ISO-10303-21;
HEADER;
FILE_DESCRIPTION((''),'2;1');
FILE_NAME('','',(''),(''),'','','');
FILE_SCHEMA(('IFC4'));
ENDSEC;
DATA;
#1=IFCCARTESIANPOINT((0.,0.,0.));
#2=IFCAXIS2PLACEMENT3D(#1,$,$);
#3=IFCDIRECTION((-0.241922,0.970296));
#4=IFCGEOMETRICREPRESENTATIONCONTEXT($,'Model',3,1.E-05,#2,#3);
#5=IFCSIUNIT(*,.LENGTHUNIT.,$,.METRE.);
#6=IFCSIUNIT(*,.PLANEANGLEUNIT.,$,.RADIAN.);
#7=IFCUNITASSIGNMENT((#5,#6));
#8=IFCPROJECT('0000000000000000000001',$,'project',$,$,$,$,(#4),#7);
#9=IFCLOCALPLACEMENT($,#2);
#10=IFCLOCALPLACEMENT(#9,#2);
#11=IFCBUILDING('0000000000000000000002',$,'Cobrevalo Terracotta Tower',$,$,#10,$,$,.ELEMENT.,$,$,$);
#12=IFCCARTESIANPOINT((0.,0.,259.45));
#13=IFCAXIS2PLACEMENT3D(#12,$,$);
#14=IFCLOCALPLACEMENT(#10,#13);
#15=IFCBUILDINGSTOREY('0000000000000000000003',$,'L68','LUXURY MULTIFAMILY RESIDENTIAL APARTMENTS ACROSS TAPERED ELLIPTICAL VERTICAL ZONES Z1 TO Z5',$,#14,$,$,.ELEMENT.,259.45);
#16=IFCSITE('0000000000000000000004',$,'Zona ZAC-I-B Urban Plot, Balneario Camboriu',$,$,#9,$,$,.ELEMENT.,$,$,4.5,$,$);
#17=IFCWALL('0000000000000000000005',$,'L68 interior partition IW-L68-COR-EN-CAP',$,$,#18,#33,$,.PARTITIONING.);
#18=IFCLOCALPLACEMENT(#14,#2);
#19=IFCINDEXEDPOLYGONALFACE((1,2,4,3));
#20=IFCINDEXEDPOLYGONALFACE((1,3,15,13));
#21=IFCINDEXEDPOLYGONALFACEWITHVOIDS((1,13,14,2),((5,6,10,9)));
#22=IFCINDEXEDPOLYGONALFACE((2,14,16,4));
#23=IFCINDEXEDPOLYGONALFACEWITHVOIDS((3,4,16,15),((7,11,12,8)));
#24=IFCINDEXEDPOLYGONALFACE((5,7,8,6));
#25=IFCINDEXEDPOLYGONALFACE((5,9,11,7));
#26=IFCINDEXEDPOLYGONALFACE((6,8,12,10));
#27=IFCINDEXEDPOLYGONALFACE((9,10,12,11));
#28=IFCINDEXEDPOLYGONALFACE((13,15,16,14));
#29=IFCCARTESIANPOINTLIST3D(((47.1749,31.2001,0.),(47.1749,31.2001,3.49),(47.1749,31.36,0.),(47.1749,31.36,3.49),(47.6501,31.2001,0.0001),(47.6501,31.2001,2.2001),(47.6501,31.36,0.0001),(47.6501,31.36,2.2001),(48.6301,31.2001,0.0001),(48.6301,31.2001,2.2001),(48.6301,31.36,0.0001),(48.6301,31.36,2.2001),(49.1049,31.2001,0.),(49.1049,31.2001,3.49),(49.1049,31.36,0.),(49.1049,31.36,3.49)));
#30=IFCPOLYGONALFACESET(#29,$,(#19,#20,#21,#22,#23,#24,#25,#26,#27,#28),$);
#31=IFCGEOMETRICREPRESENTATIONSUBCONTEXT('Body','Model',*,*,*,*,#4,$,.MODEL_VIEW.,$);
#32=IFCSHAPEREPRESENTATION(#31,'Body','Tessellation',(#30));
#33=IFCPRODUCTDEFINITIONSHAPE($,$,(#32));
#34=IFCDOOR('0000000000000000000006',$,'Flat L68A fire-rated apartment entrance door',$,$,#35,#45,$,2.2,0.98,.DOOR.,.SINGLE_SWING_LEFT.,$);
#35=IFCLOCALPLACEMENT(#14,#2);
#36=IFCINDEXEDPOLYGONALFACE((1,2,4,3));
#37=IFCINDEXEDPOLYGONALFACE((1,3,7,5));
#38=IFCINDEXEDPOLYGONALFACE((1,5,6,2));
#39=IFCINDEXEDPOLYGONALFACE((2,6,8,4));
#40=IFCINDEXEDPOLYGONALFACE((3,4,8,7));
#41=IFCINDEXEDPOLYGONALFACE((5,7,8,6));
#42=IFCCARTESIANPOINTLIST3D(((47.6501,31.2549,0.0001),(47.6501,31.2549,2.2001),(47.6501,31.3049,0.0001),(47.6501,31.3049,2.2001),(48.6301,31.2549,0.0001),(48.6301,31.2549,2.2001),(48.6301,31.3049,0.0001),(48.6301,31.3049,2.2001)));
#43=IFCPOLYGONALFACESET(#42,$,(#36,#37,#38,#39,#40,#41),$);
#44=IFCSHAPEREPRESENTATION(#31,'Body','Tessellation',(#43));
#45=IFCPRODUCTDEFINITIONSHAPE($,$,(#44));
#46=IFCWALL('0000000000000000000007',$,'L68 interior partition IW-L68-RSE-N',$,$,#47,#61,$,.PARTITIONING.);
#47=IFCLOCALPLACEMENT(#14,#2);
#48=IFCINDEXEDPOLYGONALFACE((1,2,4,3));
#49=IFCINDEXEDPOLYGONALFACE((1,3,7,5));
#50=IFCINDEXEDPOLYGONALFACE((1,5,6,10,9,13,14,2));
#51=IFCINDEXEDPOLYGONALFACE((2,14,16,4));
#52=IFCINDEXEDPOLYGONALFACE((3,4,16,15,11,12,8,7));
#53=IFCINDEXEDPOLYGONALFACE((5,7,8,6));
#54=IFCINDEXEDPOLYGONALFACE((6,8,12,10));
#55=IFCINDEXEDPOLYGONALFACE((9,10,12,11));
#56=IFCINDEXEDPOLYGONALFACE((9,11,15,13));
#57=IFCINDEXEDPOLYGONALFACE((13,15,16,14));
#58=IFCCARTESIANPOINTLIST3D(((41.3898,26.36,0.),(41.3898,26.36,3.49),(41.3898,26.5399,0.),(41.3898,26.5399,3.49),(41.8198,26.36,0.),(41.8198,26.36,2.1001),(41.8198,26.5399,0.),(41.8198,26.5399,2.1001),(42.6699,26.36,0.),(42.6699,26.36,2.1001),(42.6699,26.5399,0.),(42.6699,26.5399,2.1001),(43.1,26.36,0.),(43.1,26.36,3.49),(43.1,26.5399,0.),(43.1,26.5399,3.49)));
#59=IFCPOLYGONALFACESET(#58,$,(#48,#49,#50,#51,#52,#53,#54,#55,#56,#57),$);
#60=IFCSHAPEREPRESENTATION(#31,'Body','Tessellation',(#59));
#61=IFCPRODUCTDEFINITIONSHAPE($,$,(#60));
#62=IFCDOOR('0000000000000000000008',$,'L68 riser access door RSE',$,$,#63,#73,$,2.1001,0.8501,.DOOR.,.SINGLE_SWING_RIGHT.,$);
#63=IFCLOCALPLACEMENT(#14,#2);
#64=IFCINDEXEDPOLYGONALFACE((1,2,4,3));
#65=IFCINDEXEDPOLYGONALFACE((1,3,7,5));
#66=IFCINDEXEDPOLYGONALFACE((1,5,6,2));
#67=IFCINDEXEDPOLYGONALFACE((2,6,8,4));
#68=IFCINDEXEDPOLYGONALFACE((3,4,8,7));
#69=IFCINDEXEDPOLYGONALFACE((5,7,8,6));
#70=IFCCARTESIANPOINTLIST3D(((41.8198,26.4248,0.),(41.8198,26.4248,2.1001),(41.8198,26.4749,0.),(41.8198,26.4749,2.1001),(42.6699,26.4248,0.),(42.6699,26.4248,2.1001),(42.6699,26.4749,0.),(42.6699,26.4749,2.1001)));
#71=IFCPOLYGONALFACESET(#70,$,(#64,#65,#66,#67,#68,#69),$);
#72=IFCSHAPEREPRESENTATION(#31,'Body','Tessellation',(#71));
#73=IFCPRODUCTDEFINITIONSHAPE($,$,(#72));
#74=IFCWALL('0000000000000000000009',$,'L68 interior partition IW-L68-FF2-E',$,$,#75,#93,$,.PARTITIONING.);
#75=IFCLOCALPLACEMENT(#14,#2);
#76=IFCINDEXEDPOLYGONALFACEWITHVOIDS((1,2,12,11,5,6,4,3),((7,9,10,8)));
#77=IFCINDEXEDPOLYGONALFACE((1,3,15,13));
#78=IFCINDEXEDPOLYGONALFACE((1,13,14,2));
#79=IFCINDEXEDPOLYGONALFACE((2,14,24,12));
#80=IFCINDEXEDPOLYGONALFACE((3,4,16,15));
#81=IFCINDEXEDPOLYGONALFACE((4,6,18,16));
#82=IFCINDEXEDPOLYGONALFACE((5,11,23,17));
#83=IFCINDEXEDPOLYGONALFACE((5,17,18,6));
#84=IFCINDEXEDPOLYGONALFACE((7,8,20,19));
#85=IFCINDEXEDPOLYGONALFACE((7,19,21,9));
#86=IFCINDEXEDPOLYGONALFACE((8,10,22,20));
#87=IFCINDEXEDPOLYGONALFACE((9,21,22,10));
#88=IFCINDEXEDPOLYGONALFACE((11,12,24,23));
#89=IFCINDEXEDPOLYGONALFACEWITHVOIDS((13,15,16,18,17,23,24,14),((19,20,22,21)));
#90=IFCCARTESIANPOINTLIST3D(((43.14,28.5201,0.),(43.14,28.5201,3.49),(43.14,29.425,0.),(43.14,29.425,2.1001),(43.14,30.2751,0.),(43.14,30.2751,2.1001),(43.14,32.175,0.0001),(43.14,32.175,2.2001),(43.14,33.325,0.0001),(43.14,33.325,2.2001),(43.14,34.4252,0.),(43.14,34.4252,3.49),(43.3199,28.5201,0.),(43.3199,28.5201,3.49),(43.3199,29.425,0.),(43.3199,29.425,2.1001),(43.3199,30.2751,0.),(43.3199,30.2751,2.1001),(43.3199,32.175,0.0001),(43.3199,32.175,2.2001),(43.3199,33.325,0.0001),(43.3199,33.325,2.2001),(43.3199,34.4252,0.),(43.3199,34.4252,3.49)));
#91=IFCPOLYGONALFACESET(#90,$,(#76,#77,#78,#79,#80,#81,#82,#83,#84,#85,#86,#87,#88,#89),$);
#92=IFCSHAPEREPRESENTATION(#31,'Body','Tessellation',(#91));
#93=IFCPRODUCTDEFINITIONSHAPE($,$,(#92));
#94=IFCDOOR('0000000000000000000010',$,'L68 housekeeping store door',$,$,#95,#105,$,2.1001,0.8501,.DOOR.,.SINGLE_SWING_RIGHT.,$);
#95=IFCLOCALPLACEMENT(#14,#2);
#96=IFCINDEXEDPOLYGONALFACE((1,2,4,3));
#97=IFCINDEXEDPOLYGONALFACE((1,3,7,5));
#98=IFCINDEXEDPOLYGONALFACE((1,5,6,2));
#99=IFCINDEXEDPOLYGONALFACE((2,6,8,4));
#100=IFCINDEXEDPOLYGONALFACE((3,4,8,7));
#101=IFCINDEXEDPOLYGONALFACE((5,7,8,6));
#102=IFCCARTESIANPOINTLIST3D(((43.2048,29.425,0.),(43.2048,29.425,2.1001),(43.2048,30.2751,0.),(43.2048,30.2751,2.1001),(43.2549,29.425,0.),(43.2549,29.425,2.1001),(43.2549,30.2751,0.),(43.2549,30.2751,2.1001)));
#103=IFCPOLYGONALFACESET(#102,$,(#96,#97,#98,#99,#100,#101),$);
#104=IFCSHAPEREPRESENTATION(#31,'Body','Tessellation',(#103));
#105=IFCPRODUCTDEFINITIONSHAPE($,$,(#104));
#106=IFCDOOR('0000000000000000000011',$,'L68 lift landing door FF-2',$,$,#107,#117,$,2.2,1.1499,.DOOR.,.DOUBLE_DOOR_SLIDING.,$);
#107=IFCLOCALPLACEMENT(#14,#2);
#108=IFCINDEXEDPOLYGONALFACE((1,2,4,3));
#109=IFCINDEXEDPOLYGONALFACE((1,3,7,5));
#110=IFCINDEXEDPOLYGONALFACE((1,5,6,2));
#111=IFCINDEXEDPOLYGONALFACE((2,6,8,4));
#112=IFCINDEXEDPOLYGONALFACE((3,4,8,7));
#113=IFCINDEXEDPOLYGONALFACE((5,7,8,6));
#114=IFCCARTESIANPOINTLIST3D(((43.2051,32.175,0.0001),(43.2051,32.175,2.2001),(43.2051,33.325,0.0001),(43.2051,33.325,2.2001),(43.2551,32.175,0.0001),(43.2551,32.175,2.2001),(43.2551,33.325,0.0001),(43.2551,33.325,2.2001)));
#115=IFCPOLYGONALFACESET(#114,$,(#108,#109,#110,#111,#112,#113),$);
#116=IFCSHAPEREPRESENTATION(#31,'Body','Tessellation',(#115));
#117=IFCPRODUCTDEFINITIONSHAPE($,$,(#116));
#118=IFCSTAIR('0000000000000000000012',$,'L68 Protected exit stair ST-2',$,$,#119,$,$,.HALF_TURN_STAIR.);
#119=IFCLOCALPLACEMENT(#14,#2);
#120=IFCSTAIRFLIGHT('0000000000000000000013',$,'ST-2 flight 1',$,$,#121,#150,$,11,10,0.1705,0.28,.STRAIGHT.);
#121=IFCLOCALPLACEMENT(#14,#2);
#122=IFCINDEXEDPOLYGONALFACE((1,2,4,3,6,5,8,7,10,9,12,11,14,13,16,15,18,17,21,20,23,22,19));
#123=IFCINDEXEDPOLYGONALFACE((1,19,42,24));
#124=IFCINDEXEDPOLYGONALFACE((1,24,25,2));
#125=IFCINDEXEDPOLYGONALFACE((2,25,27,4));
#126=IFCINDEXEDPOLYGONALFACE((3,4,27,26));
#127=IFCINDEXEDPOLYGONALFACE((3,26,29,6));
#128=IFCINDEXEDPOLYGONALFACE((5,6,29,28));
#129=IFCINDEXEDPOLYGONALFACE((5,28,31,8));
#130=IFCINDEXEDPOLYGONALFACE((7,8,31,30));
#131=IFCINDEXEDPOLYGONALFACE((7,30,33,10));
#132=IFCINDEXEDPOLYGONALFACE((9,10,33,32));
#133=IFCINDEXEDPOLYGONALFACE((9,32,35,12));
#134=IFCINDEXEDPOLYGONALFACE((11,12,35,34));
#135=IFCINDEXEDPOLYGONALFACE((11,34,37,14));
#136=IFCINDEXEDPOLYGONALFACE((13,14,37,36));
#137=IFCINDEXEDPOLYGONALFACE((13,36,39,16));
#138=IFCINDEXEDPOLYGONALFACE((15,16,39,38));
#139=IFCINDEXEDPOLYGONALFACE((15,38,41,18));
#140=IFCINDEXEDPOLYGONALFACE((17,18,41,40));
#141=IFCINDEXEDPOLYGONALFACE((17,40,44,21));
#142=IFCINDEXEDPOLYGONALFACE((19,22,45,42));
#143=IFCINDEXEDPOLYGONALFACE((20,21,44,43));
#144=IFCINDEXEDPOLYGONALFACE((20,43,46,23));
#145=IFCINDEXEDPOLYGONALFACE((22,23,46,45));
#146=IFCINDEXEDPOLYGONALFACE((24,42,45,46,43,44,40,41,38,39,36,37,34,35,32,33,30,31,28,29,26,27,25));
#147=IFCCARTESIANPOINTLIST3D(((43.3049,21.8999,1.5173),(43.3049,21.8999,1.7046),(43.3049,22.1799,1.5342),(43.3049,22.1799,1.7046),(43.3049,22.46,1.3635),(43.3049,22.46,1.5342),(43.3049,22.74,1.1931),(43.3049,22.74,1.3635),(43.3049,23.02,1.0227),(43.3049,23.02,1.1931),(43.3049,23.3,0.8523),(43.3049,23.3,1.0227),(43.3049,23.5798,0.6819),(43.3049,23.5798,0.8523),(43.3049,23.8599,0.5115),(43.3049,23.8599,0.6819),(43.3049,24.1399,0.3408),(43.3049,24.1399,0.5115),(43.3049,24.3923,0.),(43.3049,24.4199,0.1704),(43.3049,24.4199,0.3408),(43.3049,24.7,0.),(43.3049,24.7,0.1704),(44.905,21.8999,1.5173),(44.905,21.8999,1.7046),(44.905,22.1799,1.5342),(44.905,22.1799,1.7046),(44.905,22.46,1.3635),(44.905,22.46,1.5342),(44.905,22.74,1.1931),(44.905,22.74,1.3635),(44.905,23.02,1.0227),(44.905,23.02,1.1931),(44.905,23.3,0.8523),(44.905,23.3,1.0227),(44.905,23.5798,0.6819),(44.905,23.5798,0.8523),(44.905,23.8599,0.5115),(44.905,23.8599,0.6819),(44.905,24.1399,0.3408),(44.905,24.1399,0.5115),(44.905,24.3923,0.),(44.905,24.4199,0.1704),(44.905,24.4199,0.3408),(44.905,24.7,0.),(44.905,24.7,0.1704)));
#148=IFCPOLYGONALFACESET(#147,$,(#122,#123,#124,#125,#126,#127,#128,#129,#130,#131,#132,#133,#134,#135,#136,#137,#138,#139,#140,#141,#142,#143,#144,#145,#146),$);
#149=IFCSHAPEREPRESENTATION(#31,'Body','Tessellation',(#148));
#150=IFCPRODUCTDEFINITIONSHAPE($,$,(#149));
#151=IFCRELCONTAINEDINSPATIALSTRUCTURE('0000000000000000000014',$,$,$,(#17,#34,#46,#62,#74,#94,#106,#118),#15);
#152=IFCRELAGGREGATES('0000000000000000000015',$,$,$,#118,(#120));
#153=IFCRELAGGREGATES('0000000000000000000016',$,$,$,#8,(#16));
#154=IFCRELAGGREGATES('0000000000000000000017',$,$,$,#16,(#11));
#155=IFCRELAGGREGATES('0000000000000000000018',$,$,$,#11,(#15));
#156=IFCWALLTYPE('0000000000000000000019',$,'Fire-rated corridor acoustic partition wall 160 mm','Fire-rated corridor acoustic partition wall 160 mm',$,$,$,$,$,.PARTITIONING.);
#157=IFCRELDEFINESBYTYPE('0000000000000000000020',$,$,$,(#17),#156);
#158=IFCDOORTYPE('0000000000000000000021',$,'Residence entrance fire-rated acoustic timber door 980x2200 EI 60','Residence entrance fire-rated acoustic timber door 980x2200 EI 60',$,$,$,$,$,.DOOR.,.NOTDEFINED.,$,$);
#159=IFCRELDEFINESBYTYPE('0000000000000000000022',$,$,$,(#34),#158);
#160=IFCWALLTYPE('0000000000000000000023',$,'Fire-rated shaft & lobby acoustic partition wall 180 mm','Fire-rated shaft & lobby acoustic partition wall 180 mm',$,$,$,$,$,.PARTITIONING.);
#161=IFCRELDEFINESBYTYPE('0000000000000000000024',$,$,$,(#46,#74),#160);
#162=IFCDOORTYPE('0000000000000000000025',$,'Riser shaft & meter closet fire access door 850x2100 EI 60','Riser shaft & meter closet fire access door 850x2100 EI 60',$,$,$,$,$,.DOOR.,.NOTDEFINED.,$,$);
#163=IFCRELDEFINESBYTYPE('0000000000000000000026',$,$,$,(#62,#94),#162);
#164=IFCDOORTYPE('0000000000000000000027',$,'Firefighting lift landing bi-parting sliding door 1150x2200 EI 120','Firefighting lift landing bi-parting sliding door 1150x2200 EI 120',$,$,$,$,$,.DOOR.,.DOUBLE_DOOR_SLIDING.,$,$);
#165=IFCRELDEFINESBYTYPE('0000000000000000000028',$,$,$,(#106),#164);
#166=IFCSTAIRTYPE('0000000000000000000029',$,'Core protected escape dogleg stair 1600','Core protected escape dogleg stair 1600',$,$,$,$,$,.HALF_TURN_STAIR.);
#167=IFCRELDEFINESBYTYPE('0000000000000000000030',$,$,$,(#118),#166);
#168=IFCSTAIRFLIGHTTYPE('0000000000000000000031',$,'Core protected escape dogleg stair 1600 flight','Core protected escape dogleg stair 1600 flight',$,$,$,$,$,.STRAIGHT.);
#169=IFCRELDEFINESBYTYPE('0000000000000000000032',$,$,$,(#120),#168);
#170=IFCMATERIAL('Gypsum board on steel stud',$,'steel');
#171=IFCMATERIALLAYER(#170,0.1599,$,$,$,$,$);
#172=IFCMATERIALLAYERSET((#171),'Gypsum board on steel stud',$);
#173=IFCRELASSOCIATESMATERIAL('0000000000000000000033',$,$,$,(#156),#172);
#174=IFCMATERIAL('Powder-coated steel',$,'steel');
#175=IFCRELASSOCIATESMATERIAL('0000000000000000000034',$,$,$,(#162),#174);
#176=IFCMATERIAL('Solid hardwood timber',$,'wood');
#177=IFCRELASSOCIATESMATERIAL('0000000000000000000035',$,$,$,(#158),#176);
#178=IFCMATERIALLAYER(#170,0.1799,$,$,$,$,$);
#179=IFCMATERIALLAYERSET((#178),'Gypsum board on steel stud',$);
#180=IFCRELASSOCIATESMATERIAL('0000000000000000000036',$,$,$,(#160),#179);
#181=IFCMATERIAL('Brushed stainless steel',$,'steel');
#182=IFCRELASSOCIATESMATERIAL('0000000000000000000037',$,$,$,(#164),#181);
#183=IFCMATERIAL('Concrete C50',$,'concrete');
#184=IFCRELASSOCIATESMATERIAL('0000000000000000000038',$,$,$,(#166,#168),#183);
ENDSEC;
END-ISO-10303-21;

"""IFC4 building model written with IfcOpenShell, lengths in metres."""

from ifc_helpers import new_model, si_unit, direction, frame, frame_2d, origin, place, context, subcontext, project, spatial, polyline, rectangle, outline, extrude, source, transform, mapped, material, layer, layer_set, type_object, element, fill, aggregate, save


model = new_model("IFC4")

# Units and contexts
model_context = context("Model", 3, precision=1e-05, world=origin(), true_north=direction((-0.241922, 0.970296)))
body_context = subcontext(model_context, "Body", "Model", "MODEL_VIEW")
ifc_project = project(units=[si_unit("LENGTHUNIT", "METRE"), si_unit("PLANEANGLEUNIT", "RADIAN")], contexts=[model_context])

# Site, building, storey
site_placement = place(None, origin())
site = spatial("IfcSite", under=ifc_project, at=site_placement, Name="Zona ZAC-I-B Urban Plot, Balneario Camboriu", CompositionType="ELEMENT", RefElevation=4.5)
building_placement = place(site_placement, origin())
building = spatial("IfcBuilding", under=site, at=building_placement, Name="Cobrevalo Terracotta Tower", CompositionType="ELEMENT")
storey_placement = place(building_placement, frame((0.0, 0.0, 259.45)))
storey = spatial("IfcBuildingStorey", under=building, at=storey_placement, Name="L68", Description="LUXURY MULTIFAMILY RESIDENTIAL APARTMENTS ACROSS TAPERED ELLIPTICAL VERTICAL ZONES Z1 TO Z5", CompositionType="ELEMENT", Elevation=259.45)

# Shared definitions
ifc_material_1 = material(Name="Concrete C50", Category="concrete")

# Shared definitions
ifc_material_2 = material(Name="Gypsum board on steel stud", Category="steel")
ifc_layer_1 = layer(ifc_material_2, 0.1599)
ifc_layer_set_1 = layer_set([ifc_layer_1], Name="Gypsum board on steel stud")
wall_type_1 = type_object("IfcWallType", Name="Fire-rated corridor acoustic partition wall 160 mm", Description="Fire-rated corridor acoustic partition wall 160 mm", PredefinedType="PARTITIONING", material=ifc_layer_set_1)

# Shared definitions
ifc_material_3 = material(Name="Powder-coated steel", Category="steel")
door_type_1 = type_object("IfcDoorType", Name="Riser shaft & meter closet fire access door 850x2100 EI 60", Description="Riser shaft & meter closet fire access door 850x2100 EI 60", OperationType="NOTDEFINED", PredefinedType="DOOR", material=ifc_material_3)
shared_shape_1 = source(origin(), body_context, "Body", "SweptSolid", [
    extrude(rectangle(XDim=0.8501, YDim=2.1001, at=frame_2d((0.425, 1.05))), frame((0.0, 0.0249, 0.0), z_axis=(0.0, -1.0, 0.0), x_axis=(1.0, 0.0, 0.0)), (0.0, 0.0, 1.0), 0.05),
])

# Shared definitions
ifc_material_4 = material(Name="Brushed stainless steel", Category="steel")

# Walls, openings, doors
wall_1_placement = place(storey_placement, frame((47.175, 31.28, 0.0), z_axis=(0.0, 0.0, 1.0), x_axis=(1.0, 0.0, 0.0)))
wall_1 = element("IfcWall", 1, at=wall_1_placement, inside=storey, type_object=wall_type_1, Name="L68 interior partition IW-L68-COR-EN-CAP", PredefinedType="PARTITIONING", context=body_context, shape_type="SweptSolid", body=[
    extrude(rectangle(XDim=1.9299, YDim=0.1599, at=frame_2d((0.9648, 0.0))), origin(), (0.0, 0.0, 1.0), 3.49),
])
opening_1_placement = place(wall_1_placement, frame((0.4751, 0.0, 0.0)))
opening_1 = element("IfcOpeningElement", 2, at=opening_1_placement, cuts=wall_1, PredefinedType="OPENING", context=body_context, shape_type="SweptSolid", body=[
    extrude(rectangle(XDim=0.98, YDim=2.2, at=frame_2d((0.49, 1.1001))), frame((0.0, 0.0898, 0.0), z_axis=(0.0, -1.0, 0.0), x_axis=(1.0, 0.0, 0.0)), (0.0, 0.0, 1.0), 0.1799),
])
ifc_material_5 = material(Name="Solid hardwood timber", Category="wood")
door_type_2 = type_object("IfcDoorType", Name="Residence entrance fire-rated acoustic timber door 980x2200 EI 60", Description="Residence entrance fire-rated acoustic timber door 980x2200 EI 60", OperationType="NOTDEFINED", PredefinedType="DOOR", material=ifc_material_5)
shared_shape_2 = source(origin(), body_context, "Body", "SweptSolid", [
    extrude(rectangle(XDim=0.98, YDim=2.2, at=frame_2d((0.49, 1.1001))), frame((0.0, 0.0249, 0.0), z_axis=(0.0, -1.0, 0.0), x_axis=(1.0, 0.0, 0.0)), (0.0, 0.0, 1.0), 0.05),
])
door_1_placement = place(opening_1_placement, origin())
door_1 = element("IfcDoor", 3, at=door_1_placement, inside=storey, type_object=door_type_2, Name="Flat L68A fire-rated apartment entrance door", OperationType="SINGLE_SWING_LEFT", OverallHeight=2.2, OverallWidth=0.98, PredefinedType="DOOR", context=body_context, shape_type="MappedRepresentation", body=[
    mapped(shared_shape_2, transform((0.0, 0.0, 0.0), scale=1.0)),
])
fill(opening_1, door_1)
ifc_layer_2 = layer(ifc_material_2, 0.1799)
ifc_layer_set_2 = layer_set([ifc_layer_2], Name="Gypsum board on steel stud")
wall_type_2 = type_object("IfcWallType", Name="Fire-rated shaft & lobby acoustic partition wall 180 mm", Description="Fire-rated shaft & lobby acoustic partition wall 180 mm", PredefinedType="PARTITIONING", material=ifc_layer_set_2)
wall_2_placement = place(storey_placement, frame((41.3899, 26.45, 0.0), z_axis=(0.0, 0.0, 1.0), x_axis=(1.0, 0.0, 0.0)))
wall_2 = element("IfcWall", 4, at=wall_2_placement, inside=storey, type_object=wall_type_2, Name="L68 interior partition IW-L68-RSE-N", PredefinedType="PARTITIONING", context=body_context, shape_type="SweptSolid", body=[
    extrude(rectangle(XDim=1.7102, YDim=0.1799, at=frame_2d((0.855, 0.0))), origin(), (0.0, 0.0, 1.0), 3.49),
])
opening_2_placement = place(wall_2_placement, frame((0.4299, 0.0, 0.0)))
opening_2 = element("IfcOpeningElement", 5, at=opening_2_placement, cuts=wall_2, PredefinedType="OPENING", context=body_context, shape_type="SweptSolid", body=[
    extrude(rectangle(XDim=0.8501, YDim=2.1001, at=frame_2d((0.425, 1.05))), frame((0.0, 0.1001, 0.0), z_axis=(0.0, -1.0, 0.0), x_axis=(1.0, 0.0, 0.0)), (0.0, 0.0, 1.0), 0.2),
])
door_2_placement = place(opening_2_placement, origin())
door_2 = element("IfcDoor", 6, at=door_2_placement, inside=storey, type_object=door_type_1, Name="L68 riser access door RSE", OperationType="SINGLE_SWING_RIGHT", OverallHeight=2.1001, OverallWidth=0.8501, PredefinedType="DOOR", context=body_context, shape_type="MappedRepresentation", body=[
    mapped(shared_shape_1, transform((0.0, 0.0, 0.0), scale=1.0)),
])
fill(opening_2, door_2)

# Wall, openings, doors
wall_3_placement = place(storey_placement, frame((43.23, 28.52, 0.0), z_axis=(0.0, 0.0, 1.0), x_axis=(0.0, 1.0, 0.0)))
wall_3 = element("IfcWall", 7, at=wall_3_placement, inside=storey, type_object=wall_type_2, Name="L68 interior partition IW-L68-FF2-E", PredefinedType="PARTITIONING", context=body_context, shape_type="SweptSolid", body=[
    extrude(rectangle(XDim=5.905, YDim=0.1799, at=frame_2d((2.9526, 0.0))), origin(), (0.0, 0.0, 1.0), 3.49),
])
opening_3_placement = place(wall_3_placement, frame((0.905, 0.0, 0.0)))
opening_3 = element("IfcOpeningElement", 8, at=opening_3_placement, cuts=wall_3, PredefinedType="OPENING", context=body_context, shape_type="SweptSolid", body=[
    extrude(rectangle(XDim=0.8501, YDim=2.1001, at=frame_2d((0.425, 1.05))), frame((0.0, 0.1001, 0.0), z_axis=(0.0, -1.0, 0.0), x_axis=(1.0, 0.0, 0.0)), (0.0, 0.0, 1.0), 0.2),
])
opening_4_placement = place(wall_3_placement, frame((3.655, 0.0, 0.0)))
opening_4 = element("IfcOpeningElement", 9, at=opening_4_placement, cuts=wall_3, PredefinedType="OPENING", context=body_context, shape_type="SweptSolid", body=[
    extrude(rectangle(XDim=1.1499, YDim=2.2, at=frame_2d((0.575, 1.1001))), frame((0.0, 0.1001, 0.0), z_axis=(0.0, -1.0, 0.0), x_axis=(1.0, 0.0, 0.0)), (0.0, 0.0, 1.0), 0.2),
])
door_3_placement = place(opening_3_placement, frame((0.8501, 0.0, 0.0), z_axis=(0.0, 0.0, 1.0), x_axis=(-1.0, 0.0, 0.0)))
door_3 = element("IfcDoor", 10, at=door_3_placement, inside=storey, type_object=door_type_1, Name="L68 housekeeping store door", OperationType="SINGLE_SWING_RIGHT", OverallHeight=2.1001, OverallWidth=0.8501, PredefinedType="DOOR", context=body_context, shape_type="MappedRepresentation", body=[
    mapped(shared_shape_1, transform((0.0, 0.0, 0.0), scale=1.0)),
])
fill(opening_3, door_3)
door_type_3 = type_object("IfcDoorType", Name="Firefighting lift landing bi-parting sliding door 1150x2200 EI 120", Description="Firefighting lift landing bi-parting sliding door 1150x2200 EI 120", OperationType="DOUBLE_DOOR_SLIDING", PredefinedType="DOOR", material=ifc_material_4)
shared_shape_3 = source(origin(), body_context, "Body", "SweptSolid", [
    extrude(rectangle(XDim=1.1499, YDim=2.2, at=frame_2d((0.575, 1.1001))), frame((0.0, 0.0249, 0.0), z_axis=(0.0, -1.0, 0.0), x_axis=(1.0, 0.0, 0.0)), (0.0, 0.0, 1.0), 0.05),
])
door_4_placement = place(opening_4_placement, origin())
door_4 = element("IfcDoor", 11, at=door_4_placement, inside=storey, type_object=door_type_3, Name="L68 lift landing door FF-2", OperationType="DOUBLE_DOOR_SLIDING", OverallHeight=2.2, OverallWidth=1.1499, PredefinedType="DOOR", context=body_context, shape_type="MappedRepresentation", body=[
    mapped(shared_shape_3, transform((0.0, 0.0, 0.0), scale=1.0)),
])
fill(opening_4, door_4)

# Stair, stair flight
stair_type = type_object("IfcStairType", Name="Core protected escape dogleg stair 1600", Description="Core protected escape dogleg stair 1600", PredefinedType="HALF_TURN_STAIR", material=ifc_material_1)
stair_placement = place(storey_placement, origin())
stair = element("IfcStair", 12, at=stair_placement, inside=storey, type_object=stair_type, Name="L68 Protected exit stair ST-2", PredefinedType="HALF_TURN_STAIR")
stair_flight_type = type_object("IfcStairFlightType", Name="Core protected escape dogleg stair 1600 flight", Description="Core protected escape dogleg stair 1600 flight", PredefinedType="STRAIGHT", material=ifc_material_1)
stair_flight_placement = place(storey_placement, frame((44.105, 24.7, 0.0), z_axis=(0.0, 0.0, 1.0), x_axis=(0.0, -1.0, 0.0)))
stair_flight = element("IfcStairFlight", 13, at=stair_flight_placement, type_object=stair_flight_type, Name="ST-2 flight 1", NumberOfRisers=11, NumberOfTreads=10, PredefinedType="STRAIGHT", RiserHeight=0.1705, TreadLength=0.28, context=body_context, shape_type="SweptSolid", body=[
    extrude(outline(polyline([(0.0, 0.0), (0.0, 0.1704), (0.28, 0.1704), (0.28, 0.3408), (0.5601, 0.3408), (0.5601, 0.5115), (0.8401, 0.5115), (0.8401, 0.6819), (1.1201, 0.6819), (1.1201, 0.8523), (1.3999, 0.8523), (1.3999, 1.0227), (1.6799, 1.0227), (1.6799, 1.1931), (1.96, 1.1931), (1.96, 1.3635), (2.24, 1.3635), (2.24, 1.5342), (2.52, 1.5342), (2.52, 1.7046), (2.8, 1.7046), (2.8, 1.875), (2.8, 1.5173), (0.3076, 0.0), (0.0, 0.0)])), frame((0.0, 0.8, 0.0), z_axis=(0.0, -1.0, 0.0), x_axis=(1.0, 0.0, 0.0)), (0.0, 0.0, 1.0), 1.6001),
])
aggregate(stair, [stair_flight])

save(model, "model.ifc")
